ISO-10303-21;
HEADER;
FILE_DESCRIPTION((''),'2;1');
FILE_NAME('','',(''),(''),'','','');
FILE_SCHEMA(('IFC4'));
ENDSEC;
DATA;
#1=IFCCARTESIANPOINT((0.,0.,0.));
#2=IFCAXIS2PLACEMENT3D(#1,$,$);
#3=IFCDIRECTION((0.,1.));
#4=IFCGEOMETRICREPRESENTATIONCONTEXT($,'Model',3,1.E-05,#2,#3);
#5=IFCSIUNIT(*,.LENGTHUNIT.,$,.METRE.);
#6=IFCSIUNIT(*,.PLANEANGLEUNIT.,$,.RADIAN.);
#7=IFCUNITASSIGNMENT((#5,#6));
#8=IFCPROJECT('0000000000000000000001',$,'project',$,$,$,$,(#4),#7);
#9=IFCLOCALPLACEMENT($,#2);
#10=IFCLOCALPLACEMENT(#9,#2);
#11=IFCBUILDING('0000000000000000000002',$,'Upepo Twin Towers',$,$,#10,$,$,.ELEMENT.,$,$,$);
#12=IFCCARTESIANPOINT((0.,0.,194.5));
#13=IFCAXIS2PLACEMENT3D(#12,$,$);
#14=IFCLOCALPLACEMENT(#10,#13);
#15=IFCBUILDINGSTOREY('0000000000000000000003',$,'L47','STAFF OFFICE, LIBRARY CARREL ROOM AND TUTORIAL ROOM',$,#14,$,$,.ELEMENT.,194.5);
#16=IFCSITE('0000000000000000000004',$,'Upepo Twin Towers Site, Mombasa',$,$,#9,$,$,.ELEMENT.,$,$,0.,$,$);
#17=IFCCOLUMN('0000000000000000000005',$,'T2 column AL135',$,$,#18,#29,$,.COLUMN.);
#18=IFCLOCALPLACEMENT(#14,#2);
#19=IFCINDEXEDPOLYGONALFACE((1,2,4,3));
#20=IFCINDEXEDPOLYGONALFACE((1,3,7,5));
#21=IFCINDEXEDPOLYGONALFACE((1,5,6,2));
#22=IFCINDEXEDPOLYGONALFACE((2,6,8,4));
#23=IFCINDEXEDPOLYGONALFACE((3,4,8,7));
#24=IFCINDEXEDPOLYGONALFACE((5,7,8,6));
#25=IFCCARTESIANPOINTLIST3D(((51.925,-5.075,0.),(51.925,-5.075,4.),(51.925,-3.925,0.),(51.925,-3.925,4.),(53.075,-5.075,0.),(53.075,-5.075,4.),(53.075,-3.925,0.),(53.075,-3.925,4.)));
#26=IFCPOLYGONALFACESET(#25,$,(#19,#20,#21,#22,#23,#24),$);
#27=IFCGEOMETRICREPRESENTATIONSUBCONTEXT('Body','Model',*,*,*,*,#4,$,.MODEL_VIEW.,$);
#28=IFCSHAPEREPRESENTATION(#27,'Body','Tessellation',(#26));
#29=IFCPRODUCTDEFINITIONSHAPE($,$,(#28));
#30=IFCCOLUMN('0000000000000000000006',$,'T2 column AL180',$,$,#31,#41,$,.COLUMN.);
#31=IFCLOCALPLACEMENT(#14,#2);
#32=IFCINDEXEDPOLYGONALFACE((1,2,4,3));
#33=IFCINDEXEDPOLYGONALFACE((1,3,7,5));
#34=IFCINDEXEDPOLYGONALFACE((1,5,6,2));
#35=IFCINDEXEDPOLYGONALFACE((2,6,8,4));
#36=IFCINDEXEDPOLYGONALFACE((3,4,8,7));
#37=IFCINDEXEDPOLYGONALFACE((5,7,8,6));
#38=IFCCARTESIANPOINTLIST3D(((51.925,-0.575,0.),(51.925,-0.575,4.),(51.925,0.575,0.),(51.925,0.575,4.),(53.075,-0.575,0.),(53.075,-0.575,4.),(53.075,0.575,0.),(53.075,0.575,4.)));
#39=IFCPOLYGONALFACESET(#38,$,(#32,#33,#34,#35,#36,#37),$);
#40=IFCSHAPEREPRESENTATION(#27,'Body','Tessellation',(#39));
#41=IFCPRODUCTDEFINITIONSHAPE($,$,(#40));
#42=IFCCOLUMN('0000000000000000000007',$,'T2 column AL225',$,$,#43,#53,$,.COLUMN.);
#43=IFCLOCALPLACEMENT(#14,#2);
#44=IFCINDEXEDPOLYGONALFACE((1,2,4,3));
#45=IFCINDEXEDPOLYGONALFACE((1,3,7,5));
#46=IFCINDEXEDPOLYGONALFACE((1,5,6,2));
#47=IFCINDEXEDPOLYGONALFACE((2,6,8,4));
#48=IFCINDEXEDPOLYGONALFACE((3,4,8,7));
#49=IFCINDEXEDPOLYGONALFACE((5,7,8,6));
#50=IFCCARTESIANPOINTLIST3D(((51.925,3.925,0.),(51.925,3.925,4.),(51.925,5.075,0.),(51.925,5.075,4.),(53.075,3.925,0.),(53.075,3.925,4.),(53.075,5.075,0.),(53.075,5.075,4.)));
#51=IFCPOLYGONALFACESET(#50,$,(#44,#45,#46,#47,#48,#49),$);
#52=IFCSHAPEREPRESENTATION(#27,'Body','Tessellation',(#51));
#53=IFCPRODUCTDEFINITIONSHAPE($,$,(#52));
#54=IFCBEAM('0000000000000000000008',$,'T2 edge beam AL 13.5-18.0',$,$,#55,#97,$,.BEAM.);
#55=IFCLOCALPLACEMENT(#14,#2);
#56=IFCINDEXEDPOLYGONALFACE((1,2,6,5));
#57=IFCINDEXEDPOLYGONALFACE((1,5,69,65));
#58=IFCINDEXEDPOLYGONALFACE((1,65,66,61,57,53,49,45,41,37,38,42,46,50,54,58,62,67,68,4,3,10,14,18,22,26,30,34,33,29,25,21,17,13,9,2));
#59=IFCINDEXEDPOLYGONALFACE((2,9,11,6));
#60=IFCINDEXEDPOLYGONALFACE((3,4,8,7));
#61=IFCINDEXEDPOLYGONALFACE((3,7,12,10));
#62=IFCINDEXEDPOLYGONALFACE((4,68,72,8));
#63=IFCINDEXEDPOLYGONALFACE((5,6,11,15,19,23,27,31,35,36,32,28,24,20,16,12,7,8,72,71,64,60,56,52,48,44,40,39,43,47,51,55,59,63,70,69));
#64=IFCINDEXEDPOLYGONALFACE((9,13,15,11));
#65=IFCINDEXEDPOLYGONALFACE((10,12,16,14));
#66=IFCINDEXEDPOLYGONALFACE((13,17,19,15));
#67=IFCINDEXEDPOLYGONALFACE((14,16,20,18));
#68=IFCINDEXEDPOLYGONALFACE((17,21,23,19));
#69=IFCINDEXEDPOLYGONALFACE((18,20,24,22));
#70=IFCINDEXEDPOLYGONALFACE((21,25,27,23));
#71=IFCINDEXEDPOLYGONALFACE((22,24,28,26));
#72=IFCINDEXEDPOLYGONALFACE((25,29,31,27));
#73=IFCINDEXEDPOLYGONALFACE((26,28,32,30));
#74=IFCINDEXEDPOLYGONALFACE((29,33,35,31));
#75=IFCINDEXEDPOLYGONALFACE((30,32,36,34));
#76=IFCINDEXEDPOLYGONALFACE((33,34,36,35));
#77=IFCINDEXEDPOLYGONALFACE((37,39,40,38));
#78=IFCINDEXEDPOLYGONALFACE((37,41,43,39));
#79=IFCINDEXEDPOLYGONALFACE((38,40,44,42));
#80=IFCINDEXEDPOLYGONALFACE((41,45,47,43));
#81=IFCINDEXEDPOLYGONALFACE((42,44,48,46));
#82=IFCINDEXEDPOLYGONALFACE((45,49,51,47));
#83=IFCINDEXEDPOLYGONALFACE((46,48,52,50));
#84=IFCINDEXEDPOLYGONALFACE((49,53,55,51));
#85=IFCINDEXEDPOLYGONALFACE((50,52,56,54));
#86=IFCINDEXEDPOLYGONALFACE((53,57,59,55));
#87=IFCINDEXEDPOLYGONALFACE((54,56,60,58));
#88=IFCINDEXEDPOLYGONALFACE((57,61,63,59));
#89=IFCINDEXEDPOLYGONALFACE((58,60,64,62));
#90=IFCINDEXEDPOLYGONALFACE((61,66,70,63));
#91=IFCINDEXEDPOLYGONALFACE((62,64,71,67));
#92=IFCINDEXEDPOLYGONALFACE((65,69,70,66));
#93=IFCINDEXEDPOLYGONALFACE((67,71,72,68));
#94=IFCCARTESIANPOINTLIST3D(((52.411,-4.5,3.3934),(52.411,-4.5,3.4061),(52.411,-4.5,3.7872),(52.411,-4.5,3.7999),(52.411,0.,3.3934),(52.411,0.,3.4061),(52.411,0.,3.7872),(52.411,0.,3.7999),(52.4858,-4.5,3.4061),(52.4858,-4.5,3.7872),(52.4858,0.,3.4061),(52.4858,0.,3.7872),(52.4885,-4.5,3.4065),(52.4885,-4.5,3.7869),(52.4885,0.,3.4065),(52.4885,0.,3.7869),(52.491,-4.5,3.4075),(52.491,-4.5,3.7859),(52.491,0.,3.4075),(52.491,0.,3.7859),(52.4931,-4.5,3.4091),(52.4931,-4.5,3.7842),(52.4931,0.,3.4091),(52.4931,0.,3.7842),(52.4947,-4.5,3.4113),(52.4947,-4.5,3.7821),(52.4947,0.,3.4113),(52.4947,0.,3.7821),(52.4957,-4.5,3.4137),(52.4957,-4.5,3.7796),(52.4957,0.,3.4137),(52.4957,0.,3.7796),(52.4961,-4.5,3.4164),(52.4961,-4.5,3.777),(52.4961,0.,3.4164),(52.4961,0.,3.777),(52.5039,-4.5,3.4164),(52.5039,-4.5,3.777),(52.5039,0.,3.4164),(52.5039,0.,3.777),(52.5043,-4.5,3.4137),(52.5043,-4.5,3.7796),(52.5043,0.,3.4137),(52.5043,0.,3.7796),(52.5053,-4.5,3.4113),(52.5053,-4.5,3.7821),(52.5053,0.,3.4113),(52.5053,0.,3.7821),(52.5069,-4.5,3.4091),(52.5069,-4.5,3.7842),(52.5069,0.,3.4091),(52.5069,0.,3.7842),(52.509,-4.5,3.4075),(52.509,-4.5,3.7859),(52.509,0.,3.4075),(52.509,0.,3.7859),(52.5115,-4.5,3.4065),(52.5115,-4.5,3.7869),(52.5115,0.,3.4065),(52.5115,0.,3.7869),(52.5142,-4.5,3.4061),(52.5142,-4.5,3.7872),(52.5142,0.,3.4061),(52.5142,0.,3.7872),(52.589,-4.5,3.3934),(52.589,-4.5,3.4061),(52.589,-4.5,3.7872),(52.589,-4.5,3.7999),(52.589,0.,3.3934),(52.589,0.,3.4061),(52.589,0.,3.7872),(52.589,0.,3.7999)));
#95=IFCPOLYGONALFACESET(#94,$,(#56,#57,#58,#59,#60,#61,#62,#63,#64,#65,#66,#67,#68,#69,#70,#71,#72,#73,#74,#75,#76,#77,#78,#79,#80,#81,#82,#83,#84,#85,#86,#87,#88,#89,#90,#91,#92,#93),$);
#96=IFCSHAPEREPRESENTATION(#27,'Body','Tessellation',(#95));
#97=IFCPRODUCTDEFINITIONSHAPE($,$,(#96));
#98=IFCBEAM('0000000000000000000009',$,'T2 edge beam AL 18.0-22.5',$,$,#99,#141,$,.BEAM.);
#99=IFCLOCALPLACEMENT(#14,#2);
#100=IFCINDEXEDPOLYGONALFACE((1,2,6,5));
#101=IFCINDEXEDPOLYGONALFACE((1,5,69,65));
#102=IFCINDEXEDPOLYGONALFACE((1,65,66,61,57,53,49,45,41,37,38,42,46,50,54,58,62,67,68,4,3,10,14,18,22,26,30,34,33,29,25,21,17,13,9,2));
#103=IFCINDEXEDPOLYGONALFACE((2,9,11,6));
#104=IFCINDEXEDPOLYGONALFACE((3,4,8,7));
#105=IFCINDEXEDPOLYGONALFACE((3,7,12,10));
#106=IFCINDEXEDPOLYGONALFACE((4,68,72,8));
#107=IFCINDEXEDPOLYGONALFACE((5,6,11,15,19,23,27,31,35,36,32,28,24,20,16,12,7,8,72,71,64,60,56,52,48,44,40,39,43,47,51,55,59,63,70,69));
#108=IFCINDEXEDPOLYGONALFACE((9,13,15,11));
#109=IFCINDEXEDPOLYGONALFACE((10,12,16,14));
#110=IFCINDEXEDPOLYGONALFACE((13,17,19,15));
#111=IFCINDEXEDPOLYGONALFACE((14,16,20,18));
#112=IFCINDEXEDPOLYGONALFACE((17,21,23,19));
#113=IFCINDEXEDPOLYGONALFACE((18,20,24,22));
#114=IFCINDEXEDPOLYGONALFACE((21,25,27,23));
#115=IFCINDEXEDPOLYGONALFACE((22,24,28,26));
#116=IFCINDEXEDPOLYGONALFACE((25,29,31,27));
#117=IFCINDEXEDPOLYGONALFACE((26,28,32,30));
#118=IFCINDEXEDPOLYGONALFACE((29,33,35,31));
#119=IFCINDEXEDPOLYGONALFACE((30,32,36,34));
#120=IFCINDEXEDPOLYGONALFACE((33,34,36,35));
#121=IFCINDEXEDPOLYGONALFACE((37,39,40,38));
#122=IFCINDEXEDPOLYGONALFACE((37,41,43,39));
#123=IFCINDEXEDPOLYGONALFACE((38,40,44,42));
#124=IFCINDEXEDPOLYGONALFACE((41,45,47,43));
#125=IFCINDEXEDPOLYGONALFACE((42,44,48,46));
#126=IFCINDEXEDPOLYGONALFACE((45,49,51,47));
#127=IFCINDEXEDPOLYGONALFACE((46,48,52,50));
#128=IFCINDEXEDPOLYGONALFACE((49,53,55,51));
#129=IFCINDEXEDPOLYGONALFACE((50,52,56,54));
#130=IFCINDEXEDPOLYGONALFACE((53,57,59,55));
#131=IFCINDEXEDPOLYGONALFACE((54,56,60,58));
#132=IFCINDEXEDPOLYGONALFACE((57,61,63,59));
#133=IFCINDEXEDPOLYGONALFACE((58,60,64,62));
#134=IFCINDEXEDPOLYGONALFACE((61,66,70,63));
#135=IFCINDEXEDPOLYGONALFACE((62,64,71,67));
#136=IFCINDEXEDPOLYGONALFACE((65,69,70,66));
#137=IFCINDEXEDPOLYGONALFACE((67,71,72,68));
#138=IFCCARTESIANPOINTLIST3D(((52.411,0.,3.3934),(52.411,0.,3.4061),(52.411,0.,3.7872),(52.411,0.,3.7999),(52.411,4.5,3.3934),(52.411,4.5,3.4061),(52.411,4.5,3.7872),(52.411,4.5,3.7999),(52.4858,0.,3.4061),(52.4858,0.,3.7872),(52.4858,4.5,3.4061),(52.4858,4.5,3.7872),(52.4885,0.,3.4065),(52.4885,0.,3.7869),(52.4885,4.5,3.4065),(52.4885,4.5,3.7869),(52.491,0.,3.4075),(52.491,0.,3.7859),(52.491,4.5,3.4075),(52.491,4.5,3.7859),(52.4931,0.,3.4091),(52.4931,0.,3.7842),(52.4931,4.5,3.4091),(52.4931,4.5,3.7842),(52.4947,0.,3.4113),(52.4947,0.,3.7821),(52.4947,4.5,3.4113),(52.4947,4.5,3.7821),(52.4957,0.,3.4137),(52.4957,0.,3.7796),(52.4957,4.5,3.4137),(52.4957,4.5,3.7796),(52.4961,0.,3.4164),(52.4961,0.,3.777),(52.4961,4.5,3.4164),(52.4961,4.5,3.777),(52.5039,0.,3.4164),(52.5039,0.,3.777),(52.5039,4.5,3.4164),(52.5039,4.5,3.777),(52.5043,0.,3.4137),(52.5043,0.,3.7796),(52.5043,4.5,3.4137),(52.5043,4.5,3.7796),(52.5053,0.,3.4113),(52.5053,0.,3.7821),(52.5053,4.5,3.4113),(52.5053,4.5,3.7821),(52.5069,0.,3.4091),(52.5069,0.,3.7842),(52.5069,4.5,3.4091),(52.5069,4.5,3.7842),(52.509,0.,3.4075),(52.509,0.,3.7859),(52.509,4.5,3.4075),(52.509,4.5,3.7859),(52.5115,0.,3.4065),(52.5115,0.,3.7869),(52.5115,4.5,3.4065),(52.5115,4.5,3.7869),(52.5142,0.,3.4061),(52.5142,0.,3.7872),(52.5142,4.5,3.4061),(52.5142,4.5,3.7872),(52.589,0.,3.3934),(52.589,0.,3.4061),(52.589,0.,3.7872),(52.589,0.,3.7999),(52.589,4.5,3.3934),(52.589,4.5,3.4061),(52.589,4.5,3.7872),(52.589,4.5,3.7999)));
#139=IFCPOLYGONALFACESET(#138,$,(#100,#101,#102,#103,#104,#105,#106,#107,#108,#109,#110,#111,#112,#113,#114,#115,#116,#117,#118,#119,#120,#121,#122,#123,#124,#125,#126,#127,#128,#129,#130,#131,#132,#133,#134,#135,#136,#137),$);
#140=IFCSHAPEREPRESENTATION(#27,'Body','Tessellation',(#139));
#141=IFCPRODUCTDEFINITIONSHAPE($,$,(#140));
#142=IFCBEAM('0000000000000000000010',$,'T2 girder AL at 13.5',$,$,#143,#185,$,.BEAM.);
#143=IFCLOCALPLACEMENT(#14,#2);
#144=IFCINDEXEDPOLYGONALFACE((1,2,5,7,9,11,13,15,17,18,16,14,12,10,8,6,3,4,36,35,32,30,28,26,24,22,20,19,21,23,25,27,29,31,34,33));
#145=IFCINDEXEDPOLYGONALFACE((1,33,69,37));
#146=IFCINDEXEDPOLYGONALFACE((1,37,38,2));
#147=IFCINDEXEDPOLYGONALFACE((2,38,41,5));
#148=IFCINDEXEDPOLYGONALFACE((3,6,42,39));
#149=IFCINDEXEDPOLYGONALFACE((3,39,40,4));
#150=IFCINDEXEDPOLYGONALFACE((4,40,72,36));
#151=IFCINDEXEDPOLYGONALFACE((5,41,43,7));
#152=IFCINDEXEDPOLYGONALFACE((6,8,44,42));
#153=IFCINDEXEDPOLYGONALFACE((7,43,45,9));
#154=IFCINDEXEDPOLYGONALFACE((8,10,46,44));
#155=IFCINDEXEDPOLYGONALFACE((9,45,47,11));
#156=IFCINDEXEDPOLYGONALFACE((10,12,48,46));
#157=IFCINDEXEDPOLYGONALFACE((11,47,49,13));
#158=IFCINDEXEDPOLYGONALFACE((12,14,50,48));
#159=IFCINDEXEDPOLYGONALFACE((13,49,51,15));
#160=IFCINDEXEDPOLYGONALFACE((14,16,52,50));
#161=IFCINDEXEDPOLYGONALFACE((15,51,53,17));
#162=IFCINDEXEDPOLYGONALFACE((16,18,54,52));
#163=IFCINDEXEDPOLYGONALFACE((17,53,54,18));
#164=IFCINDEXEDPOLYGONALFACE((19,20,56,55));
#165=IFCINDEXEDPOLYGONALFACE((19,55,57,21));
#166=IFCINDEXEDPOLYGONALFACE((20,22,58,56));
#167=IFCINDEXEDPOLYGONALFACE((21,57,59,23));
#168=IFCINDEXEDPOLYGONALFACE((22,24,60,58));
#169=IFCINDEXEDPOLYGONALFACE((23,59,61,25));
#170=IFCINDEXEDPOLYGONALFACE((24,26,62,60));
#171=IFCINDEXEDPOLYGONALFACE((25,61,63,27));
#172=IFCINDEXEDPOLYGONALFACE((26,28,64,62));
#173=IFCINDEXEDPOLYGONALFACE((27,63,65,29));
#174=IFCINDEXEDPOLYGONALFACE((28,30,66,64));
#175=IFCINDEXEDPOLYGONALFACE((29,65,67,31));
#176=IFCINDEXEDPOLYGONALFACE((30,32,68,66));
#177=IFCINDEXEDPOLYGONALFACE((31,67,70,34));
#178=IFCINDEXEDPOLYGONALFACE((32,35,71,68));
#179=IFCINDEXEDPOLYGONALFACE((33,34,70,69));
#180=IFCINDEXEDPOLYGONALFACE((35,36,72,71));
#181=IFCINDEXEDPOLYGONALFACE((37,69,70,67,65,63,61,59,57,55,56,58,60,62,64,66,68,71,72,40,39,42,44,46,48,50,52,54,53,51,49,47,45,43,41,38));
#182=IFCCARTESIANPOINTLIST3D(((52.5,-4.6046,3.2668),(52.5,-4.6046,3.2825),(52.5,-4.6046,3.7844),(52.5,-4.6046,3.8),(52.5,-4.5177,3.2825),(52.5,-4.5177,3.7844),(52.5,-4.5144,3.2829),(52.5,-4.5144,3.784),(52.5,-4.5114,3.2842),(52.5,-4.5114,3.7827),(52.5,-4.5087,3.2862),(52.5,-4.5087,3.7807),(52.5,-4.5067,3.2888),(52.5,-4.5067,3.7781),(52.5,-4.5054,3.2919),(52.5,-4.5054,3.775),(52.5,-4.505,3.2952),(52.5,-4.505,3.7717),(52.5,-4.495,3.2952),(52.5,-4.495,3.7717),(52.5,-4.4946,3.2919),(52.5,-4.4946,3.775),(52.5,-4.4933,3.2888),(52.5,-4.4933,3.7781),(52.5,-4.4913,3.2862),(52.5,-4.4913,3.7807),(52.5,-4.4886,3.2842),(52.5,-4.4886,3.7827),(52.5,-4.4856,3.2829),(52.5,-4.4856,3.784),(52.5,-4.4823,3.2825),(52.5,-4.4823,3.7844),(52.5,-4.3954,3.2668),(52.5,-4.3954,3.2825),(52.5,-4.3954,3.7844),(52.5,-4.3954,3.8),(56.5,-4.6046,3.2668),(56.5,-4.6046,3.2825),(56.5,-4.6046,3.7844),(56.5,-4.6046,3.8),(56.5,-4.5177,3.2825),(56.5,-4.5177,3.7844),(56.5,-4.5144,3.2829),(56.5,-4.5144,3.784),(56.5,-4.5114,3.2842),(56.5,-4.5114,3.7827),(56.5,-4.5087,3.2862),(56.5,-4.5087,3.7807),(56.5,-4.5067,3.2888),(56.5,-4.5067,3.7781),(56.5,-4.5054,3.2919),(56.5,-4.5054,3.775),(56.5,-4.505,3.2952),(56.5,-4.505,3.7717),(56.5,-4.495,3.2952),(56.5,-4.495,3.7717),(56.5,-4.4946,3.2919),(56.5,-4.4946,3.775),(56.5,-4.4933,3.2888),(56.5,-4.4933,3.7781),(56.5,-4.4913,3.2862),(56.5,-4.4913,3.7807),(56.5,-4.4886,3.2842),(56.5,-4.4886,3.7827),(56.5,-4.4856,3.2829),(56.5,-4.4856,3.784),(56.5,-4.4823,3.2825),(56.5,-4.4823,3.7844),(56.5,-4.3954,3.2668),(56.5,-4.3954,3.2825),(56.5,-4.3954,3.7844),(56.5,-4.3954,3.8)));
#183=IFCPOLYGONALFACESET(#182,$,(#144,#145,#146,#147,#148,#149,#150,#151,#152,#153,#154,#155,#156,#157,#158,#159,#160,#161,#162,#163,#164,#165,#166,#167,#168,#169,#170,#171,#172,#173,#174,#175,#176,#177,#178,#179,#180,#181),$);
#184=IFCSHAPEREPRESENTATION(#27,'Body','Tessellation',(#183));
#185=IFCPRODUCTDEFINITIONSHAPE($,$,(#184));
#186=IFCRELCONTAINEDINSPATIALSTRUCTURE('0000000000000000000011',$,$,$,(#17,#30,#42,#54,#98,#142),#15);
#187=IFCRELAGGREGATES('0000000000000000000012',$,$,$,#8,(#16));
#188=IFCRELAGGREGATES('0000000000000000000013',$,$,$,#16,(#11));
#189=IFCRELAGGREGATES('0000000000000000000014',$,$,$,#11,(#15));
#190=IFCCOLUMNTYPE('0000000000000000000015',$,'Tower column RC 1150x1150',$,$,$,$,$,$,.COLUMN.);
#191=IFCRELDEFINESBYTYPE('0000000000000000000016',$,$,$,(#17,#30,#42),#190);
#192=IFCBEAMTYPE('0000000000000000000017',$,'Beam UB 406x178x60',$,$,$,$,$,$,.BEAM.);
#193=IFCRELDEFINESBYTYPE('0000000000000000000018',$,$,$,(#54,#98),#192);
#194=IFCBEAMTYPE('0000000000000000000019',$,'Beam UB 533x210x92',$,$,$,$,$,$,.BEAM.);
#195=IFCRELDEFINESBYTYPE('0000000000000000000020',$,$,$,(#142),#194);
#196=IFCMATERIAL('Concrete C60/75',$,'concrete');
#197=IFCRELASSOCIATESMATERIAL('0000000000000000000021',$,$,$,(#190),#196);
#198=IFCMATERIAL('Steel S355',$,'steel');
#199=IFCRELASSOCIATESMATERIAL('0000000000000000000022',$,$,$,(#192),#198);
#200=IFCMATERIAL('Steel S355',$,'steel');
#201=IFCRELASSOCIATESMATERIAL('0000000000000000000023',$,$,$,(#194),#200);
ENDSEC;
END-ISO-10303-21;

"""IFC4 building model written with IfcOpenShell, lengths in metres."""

from ifc_helpers import new_model, si_unit, direction, frame, origin, origin_2d, place, context, subcontext, project, spatial, rectangle, i_section, extrude, material, material_profile, profile_set, type_object, element, save


model = new_model("IFC4")

# Units and contexts
model_context = context("Model", 3, precision=1e-05, world=origin(), true_north=direction((0.0, 1.0)))
body_context = subcontext(model_context, "Body", "Model", "MODEL_VIEW")
ifc_project = project(units=[si_unit("LENGTHUNIT", "METRE"), si_unit("PLANEANGLEUNIT", "RADIAN")], contexts=[model_context])

# Site, building, storey
site_placement = place(None, origin())
site = spatial("IfcSite", under=ifc_project, at=site_placement, Name="Upepo Twin Towers Site, Mombasa", CompositionType="ELEMENT", RefElevation=0.0)
building_placement = place(site_placement, origin())
building = spatial("IfcBuilding", under=site, at=building_placement, Name="Upepo Twin Towers", CompositionType="ELEMENT")
storey_placement = place(building_placement, frame((0.0, 0.0, 194.5)))
storey = spatial("IfcBuildingStorey", under=building, at=storey_placement, Name="L47", Description="STAFF OFFICE, LIBRARY CARREL ROOM AND TUTORIAL ROOM", CompositionType="ELEMENT", Elevation=194.5)

# Columns
ifc_material_1 = material(Name="Concrete C60/75", Category="concrete")
ifc_material_profile_1 = material_profile(ifc_material_1, rectangle(XDim=1.1499, YDim=1.1499, at=origin_2d()), Name="RC 1150x1150")
ifc_profile_set_1 = profile_set([ifc_material_profile_1], Name="Concrete C60/75")
column_type = type_object("IfcColumnType", Name="Tower column RC 1150x1150", PredefinedType="COLUMN", material=ifc_profile_set_1)
for number, where, z_axis, x_axis, name in (
    (1, (52.5, -4.5, 0.0), (0.0, 0.0, 1.0), (1.0, 0.0, 0.0), "T2 column AL135"),
    (2, (52.5, 0.0, 0.0), (0.0, 0.0, 1.0), (1.0, 0.0, 0.0), "T2 column AL180"),
    (3, (52.5, 4.5, 0.0), (0.0, 0.0, 1.0), (1.0, 0.0, 0.0), "T2 column AL225"),
):
    element("IfcColumn", number, at=place(storey_placement, frame(where, z_axis=z_axis, x_axis=x_axis)), inside=storey, type_object=column_type, Name=name, PredefinedType="COLUMN", context=body_context, shape_type="SweptSolid", body=[
        extrude(rectangle(XDim=1.1499, YDim=1.1499, at=origin_2d()), origin(), (0.0, 0.0, 1.0), 4.0),
    ])

# Beams
ifc_material_2 = material(Name="Steel S355", Category="steel")
ifc_material_profile_2 = material_profile(ifc_material_2, i_section(OverallWidth=0.178, OverallDepth=0.4065, WebThickness=0.0078, FlangeThickness=0.0127, FilletRadius=0.0103, at=origin_2d()), Name="UB 406x178x60")
ifc_profile_set_2 = profile_set([ifc_material_profile_2], Name="Steel S355")
beam_type_1 = type_object("IfcBeamType", Name="Beam UB 406x178x60", PredefinedType="BEAM", material=ifc_profile_set_2)
for number, where, z_axis, x_axis, name in (
    (4, (52.5, -4.5, 3.5967), (0.0, 1.0, 0.0), (-1.0, 0.0, 0.0), "T2 edge beam AL 13.5-18.0"),
    (5, (52.5, 0.0, 3.5967), (0.0, 1.0, 0.0), (-1.0, 0.0, 0.0), "T2 edge beam AL 18.0-22.5"),
):
    element("IfcBeam", number, at=place(storey_placement, frame(where, z_axis=z_axis, x_axis=x_axis)), inside=storey, type_object=beam_type_1, Name=name, PredefinedType="BEAM", context=body_context, shape_type="SweptSolid", body=[
        extrude(i_section(OverallWidth=0.178, OverallDepth=0.4065, WebThickness=0.0078, FlangeThickness=0.0127, FilletRadius=0.0103, at=origin_2d()), origin(), (0.0, 0.0, 1.0), 4.5),
    ])
ifc_material_3 = material(Name="Steel S355", Category="steel")
ifc_material_profile_3 = material_profile(ifc_material_3, i_section(OverallWidth=0.2092, OverallDepth=0.5332, WebThickness=0.01, FlangeThickness=0.0156, FilletRadius=0.0127, at=origin_2d()), Name="UB 533x210x92")
ifc_profile_set_3 = profile_set([ifc_material_profile_3], Name="Steel S355")
beam_type_2 = type_object("IfcBeamType", Name="Beam UB 533x210x92", PredefinedType="BEAM", material=ifc_profile_set_3)
for number, where, z_axis, x_axis, name in (
    (6, (52.5, -4.5, 3.5334), (1.0, 0.0, 0.0), (0.0, 1.0, 0.0), "T2 girder AL at 13.5"),
):
    element("IfcBeam", number, at=place(storey_placement, frame(where, z_axis=z_axis, x_axis=x_axis)), inside=storey, type_object=beam_type_2, Name=name, PredefinedType="BEAM", context=body_context, shape_type="SweptSolid", body=[
        extrude(i_section(OverallWidth=0.2092, OverallDepth=0.5332, WebThickness=0.01, FlangeThickness=0.0156, FilletRadius=0.0127, at=origin_2d()), origin(), (0.0, 0.0, 1.0), 4.0),
    ])

save(model, "model.ifc")
